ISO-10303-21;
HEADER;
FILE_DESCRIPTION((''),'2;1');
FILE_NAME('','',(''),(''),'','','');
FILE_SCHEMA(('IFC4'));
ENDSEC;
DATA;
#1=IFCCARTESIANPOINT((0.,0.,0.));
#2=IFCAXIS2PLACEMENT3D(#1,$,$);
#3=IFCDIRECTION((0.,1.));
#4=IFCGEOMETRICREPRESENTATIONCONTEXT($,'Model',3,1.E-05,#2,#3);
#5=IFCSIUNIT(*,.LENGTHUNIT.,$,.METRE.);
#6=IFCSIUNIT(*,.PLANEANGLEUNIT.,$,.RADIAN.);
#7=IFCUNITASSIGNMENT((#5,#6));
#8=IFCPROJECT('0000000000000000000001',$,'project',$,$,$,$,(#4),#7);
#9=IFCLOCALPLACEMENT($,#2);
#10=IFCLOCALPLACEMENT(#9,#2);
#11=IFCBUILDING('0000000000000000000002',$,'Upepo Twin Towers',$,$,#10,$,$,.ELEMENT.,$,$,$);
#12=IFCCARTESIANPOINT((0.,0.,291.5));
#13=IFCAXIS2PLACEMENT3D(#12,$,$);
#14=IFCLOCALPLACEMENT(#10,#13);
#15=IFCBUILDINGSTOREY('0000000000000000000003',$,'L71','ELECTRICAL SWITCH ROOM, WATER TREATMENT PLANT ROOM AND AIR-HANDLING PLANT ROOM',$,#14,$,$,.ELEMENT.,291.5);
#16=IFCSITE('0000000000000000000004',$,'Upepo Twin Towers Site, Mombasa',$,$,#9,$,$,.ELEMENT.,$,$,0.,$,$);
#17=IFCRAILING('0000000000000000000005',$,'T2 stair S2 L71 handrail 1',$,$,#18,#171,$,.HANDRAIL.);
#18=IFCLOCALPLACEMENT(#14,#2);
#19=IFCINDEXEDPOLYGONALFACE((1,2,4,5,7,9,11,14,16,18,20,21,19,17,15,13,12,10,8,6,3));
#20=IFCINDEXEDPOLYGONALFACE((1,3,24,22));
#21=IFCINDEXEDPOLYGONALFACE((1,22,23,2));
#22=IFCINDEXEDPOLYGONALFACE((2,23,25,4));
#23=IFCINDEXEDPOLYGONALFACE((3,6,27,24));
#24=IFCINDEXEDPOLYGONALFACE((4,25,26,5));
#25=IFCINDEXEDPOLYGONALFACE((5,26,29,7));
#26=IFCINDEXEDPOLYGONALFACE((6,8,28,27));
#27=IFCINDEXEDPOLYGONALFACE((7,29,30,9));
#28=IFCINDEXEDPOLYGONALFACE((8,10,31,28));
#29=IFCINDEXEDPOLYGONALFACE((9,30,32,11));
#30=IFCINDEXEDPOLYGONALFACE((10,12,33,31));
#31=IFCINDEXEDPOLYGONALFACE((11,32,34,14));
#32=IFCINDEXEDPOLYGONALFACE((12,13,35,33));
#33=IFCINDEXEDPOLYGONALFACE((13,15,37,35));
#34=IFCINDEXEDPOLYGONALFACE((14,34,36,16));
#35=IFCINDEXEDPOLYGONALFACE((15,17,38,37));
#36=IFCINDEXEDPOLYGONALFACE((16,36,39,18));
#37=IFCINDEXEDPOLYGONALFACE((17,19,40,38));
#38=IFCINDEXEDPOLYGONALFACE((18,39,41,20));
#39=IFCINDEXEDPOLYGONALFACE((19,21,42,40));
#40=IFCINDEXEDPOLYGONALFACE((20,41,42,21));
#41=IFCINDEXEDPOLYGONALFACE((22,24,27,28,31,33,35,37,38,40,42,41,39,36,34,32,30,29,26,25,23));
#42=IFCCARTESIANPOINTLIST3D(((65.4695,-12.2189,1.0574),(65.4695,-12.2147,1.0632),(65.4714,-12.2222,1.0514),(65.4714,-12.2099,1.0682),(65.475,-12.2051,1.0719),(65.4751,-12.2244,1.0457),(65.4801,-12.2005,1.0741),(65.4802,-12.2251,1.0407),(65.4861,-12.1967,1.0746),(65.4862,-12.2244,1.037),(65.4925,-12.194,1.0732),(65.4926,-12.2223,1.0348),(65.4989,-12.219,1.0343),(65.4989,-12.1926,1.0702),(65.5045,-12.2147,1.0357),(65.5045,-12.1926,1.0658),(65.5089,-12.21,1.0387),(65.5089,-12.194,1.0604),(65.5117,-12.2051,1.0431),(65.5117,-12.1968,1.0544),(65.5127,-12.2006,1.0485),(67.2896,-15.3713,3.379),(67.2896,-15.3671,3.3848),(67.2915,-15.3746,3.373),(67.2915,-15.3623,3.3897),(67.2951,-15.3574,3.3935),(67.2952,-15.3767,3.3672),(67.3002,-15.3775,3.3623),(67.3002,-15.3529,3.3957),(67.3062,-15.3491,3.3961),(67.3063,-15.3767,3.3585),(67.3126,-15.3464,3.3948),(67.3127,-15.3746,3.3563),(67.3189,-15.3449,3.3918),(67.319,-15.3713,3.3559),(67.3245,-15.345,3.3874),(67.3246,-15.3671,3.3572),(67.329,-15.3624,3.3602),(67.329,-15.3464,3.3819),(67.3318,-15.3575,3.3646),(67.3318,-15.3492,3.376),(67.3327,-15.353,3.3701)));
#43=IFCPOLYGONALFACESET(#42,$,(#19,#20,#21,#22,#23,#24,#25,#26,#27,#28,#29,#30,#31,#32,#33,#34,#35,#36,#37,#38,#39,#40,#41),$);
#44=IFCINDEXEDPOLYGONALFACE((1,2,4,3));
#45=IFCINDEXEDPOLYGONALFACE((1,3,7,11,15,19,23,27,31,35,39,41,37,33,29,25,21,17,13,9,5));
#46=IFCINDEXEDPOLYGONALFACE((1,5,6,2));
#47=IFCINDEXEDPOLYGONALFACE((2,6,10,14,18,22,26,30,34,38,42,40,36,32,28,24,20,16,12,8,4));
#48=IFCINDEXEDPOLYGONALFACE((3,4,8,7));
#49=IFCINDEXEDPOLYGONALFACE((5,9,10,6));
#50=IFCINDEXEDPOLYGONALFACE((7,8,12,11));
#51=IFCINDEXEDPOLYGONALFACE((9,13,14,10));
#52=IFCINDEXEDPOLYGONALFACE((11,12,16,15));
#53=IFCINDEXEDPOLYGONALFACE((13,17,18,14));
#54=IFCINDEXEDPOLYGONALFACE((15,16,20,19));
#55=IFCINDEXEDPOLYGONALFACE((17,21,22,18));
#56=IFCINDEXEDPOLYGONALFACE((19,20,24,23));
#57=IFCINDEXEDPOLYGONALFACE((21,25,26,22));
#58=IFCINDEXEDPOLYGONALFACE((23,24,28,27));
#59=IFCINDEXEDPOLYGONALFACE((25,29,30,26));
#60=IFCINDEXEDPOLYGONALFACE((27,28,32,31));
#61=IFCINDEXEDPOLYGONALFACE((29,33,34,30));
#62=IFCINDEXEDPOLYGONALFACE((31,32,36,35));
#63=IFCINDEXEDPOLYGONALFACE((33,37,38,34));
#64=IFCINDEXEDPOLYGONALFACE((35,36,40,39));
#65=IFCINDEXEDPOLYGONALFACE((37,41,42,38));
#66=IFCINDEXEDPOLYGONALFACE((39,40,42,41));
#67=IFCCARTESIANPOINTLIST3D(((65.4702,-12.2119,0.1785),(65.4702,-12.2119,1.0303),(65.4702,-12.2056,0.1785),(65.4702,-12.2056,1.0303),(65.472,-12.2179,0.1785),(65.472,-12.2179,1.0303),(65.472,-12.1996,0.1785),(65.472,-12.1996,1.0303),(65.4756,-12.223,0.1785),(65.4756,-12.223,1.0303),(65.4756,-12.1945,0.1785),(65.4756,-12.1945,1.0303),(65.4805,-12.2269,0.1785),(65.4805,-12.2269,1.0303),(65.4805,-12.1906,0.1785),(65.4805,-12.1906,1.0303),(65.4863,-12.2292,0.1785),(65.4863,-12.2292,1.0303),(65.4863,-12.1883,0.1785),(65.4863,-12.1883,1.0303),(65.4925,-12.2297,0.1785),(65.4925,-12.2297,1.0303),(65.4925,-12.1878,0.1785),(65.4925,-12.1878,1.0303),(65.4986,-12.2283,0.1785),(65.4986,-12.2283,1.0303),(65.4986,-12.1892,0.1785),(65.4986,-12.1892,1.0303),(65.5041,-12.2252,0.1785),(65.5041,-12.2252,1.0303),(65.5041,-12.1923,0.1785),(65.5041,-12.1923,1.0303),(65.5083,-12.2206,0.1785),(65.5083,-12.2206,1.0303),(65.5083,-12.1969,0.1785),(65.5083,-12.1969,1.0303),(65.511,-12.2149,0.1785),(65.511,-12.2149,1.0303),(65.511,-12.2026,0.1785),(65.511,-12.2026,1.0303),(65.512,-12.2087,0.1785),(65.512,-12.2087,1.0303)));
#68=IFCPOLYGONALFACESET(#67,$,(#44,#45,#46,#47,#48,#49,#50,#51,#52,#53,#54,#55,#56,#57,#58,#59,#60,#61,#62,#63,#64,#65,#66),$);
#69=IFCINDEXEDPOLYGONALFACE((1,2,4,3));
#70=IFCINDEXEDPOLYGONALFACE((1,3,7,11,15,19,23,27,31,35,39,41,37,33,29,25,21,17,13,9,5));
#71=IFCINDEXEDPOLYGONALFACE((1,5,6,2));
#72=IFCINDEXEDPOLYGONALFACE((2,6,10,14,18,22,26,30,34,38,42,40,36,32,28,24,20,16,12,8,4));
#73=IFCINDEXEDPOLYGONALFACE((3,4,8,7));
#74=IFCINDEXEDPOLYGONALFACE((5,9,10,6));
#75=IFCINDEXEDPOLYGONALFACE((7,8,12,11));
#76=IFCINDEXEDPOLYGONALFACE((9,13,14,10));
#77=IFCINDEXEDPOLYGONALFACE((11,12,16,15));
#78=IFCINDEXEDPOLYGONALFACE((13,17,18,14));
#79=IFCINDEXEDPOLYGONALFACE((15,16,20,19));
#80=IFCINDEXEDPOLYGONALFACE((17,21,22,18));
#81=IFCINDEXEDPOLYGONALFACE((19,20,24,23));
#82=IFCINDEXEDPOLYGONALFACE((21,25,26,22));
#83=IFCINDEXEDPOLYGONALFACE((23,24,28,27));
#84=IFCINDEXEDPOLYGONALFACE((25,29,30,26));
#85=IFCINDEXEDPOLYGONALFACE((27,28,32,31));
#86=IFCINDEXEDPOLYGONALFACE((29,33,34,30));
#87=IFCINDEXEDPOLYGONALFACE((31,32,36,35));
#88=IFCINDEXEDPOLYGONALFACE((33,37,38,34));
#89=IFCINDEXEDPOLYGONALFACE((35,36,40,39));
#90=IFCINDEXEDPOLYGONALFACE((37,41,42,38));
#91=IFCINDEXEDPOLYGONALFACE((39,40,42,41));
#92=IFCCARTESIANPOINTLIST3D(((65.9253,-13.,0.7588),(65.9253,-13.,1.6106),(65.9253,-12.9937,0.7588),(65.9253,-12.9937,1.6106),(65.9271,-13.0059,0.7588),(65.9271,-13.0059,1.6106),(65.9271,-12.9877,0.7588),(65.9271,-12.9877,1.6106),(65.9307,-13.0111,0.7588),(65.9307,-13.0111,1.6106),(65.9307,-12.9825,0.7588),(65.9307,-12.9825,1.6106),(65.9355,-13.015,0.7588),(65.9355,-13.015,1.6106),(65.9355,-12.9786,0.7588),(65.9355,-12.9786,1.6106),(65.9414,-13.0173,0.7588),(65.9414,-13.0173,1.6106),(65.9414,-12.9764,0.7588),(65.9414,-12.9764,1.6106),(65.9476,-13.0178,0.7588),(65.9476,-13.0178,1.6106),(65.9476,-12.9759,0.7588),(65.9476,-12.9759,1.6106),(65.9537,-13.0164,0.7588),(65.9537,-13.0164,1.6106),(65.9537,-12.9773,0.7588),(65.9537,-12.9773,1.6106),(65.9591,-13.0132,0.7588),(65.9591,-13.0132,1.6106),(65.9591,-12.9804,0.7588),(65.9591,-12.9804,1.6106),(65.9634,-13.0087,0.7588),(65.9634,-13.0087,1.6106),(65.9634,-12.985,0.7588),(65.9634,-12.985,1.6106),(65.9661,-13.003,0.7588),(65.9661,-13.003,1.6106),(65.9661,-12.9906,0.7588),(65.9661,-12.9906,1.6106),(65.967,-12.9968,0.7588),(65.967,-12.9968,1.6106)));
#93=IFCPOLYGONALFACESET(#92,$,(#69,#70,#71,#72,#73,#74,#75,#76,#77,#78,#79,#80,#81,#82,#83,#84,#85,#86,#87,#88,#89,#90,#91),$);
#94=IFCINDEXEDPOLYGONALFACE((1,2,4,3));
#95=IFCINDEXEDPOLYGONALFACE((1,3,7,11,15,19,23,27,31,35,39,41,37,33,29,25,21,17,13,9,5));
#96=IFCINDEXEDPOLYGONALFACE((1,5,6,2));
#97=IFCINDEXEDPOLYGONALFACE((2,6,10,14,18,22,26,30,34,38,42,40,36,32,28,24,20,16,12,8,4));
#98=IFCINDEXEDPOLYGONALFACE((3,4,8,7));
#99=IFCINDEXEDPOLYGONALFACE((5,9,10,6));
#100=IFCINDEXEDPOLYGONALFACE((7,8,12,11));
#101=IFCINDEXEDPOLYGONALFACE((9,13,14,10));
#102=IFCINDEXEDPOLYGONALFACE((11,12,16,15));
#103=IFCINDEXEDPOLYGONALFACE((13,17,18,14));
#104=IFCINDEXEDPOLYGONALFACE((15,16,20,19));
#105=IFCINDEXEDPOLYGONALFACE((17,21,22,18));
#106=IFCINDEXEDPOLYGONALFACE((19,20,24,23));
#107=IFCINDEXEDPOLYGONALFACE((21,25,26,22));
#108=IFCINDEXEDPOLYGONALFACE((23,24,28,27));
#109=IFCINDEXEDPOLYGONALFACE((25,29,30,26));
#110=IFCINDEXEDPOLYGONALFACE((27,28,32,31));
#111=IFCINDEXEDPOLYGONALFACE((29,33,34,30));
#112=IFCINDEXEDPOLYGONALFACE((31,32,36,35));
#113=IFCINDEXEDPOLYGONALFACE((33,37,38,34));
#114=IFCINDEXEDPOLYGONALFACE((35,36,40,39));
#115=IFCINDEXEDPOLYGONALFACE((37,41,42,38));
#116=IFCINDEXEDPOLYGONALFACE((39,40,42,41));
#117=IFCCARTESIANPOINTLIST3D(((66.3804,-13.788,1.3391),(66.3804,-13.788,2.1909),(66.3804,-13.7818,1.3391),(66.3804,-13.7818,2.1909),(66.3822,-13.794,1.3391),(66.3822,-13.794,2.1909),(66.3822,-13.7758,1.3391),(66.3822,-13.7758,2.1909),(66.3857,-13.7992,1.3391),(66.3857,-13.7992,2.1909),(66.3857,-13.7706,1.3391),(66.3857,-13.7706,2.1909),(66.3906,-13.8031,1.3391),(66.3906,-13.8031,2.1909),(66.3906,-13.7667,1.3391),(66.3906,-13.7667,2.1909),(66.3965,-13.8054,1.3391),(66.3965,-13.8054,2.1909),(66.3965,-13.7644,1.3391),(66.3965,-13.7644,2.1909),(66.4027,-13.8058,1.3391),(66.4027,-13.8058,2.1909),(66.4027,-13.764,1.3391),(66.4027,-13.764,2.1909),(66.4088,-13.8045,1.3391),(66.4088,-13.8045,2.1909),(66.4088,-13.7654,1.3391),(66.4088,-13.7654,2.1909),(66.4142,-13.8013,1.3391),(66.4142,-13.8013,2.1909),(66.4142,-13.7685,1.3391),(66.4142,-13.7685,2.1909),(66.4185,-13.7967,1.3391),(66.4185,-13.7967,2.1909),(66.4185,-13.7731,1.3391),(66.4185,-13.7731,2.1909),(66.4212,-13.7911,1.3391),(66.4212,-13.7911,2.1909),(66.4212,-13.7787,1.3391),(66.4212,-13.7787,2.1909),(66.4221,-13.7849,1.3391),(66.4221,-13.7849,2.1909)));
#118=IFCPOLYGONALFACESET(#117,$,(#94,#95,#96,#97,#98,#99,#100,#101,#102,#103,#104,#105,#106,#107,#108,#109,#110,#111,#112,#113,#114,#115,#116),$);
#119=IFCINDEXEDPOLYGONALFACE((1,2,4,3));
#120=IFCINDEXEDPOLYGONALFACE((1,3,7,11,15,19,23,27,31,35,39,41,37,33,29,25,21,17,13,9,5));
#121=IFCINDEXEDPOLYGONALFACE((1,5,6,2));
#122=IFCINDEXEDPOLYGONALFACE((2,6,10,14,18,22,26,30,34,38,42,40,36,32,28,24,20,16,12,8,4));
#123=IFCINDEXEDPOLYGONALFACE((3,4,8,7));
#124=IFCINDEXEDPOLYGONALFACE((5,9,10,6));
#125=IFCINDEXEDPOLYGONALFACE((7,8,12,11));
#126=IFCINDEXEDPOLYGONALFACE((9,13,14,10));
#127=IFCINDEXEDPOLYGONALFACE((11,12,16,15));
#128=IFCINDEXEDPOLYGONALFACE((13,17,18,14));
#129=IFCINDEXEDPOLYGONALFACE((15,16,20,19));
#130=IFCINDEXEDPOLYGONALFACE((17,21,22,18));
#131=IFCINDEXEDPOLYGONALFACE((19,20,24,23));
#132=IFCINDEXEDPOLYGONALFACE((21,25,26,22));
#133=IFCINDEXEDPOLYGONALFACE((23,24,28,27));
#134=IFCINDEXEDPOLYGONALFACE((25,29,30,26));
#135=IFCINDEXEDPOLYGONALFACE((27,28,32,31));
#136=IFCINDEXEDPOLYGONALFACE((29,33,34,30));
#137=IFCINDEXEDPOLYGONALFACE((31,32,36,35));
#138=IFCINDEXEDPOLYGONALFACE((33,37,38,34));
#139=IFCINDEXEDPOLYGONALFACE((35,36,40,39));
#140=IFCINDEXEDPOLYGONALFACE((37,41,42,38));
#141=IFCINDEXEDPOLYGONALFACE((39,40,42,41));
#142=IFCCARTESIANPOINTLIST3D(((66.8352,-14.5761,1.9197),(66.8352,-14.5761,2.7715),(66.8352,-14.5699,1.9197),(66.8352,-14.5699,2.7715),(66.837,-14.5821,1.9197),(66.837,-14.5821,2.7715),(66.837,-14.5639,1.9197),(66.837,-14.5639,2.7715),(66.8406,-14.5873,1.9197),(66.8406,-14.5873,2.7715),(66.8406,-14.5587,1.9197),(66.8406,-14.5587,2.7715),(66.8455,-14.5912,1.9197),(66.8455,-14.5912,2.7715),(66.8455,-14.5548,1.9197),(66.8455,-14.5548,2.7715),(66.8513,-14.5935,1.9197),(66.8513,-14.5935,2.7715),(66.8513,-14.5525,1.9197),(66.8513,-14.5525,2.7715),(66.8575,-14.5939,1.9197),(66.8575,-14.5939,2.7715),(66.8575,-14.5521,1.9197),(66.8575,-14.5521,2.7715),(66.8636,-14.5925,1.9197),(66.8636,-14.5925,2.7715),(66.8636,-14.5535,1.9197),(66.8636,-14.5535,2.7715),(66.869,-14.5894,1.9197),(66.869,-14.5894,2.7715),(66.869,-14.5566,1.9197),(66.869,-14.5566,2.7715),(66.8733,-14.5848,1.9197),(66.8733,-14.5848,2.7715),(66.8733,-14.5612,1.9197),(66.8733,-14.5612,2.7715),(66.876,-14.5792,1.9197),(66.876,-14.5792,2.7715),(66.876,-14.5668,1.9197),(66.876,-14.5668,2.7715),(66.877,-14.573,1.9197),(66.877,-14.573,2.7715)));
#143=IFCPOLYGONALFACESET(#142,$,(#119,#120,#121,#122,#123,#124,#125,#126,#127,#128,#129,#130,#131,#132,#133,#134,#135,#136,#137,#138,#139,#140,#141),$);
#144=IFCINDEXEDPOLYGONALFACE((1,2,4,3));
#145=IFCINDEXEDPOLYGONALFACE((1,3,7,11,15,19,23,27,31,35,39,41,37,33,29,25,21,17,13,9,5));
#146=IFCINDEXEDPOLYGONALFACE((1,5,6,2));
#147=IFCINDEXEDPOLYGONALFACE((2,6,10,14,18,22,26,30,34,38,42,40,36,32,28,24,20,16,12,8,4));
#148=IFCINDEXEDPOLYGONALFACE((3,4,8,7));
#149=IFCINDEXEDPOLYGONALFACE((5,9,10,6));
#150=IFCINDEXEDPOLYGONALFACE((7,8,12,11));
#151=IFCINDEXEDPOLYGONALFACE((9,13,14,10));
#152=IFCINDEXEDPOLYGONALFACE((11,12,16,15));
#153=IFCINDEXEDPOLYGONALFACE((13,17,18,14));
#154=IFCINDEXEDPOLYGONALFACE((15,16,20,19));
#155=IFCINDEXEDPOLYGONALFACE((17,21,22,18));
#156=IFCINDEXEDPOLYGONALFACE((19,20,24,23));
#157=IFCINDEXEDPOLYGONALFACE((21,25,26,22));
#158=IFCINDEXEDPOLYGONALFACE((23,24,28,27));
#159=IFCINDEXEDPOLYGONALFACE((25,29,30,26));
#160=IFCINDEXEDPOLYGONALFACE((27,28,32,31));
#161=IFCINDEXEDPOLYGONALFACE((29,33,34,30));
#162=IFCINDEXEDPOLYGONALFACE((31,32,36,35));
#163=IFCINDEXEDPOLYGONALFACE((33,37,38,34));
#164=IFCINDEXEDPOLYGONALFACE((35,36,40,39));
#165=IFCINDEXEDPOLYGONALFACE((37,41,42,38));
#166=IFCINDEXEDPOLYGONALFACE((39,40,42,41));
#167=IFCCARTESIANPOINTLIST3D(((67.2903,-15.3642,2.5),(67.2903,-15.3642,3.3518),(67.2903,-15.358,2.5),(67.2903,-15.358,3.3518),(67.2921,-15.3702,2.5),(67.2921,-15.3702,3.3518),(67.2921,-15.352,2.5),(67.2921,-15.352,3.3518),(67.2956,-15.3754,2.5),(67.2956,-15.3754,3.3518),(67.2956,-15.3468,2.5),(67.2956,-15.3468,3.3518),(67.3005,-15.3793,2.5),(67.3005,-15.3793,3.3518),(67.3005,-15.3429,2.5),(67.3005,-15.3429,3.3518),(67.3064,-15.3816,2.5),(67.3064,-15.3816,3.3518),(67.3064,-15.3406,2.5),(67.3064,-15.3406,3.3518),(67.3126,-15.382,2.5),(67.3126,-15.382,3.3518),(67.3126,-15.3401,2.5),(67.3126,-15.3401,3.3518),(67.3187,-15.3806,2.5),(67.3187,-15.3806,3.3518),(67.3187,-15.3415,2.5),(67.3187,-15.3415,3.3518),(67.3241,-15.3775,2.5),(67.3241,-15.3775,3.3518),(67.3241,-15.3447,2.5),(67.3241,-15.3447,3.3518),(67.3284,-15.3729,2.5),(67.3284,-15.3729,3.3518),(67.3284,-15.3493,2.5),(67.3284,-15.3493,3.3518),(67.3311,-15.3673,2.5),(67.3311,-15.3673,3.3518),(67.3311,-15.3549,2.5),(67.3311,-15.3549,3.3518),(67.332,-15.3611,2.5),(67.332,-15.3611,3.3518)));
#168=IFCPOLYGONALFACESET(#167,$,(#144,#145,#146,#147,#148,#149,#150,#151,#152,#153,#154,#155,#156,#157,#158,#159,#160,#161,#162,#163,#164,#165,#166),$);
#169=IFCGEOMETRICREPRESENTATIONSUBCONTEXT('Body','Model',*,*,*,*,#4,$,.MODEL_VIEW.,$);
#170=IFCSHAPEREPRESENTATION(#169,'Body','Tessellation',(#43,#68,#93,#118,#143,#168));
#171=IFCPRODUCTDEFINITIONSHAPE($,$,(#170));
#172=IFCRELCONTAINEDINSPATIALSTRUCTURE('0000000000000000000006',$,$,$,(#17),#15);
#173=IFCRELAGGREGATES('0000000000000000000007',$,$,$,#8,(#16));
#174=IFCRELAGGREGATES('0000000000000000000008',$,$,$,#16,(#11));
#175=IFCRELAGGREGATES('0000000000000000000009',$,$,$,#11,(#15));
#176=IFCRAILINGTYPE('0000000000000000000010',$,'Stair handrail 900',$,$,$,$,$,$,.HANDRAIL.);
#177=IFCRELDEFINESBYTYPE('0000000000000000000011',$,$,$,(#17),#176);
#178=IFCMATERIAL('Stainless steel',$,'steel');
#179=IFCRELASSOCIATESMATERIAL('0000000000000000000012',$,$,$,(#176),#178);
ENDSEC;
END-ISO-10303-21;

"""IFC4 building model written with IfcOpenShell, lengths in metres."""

from ifc_helpers import new_model, si_unit, direction, frame, origin, origin_2d, place, context, subcontext, project, spatial, circle, extrude, material, type_object, element, save


model = new_model("IFC4")

# Units and contexts
model_context = context("Model", 3, precision=1e-05, world=origin(), true_north=direction((0.0, 1.0)))
body_context = subcontext(model_context, "Body", "Model", "MODEL_VIEW")
ifc_project = project(units=[si_unit("LENGTHUNIT", "METRE"), si_unit("PLANEANGLEUNIT", "RADIAN")], contexts=[model_context])

# Site, building, storey
site_placement = place(None, origin())
site = spatial("IfcSite", under=ifc_project, at=site_placement, Name="Upepo Twin Towers Site, Mombasa", CompositionType="ELEMENT", RefElevation=0.0)
building_placement = place(site_placement, origin())
building = spatial("IfcBuilding", under=site, at=building_placement, Name="Upepo Twin Towers", CompositionType="ELEMENT")
storey_placement = place(building_placement, frame((0.0, 0.0, 291.5)))
storey = spatial("IfcBuildingStorey", under=building, at=storey_placement, Name="L71", Description="ELECTRICAL SWITCH ROOM, WATER TREATMENT PLANT ROOM AND AIR-HANDLING PLANT ROOM", CompositionType="ELEMENT", Elevation=291.5)

# Railing
ifc_material_1 = material(Name="Stainless steel", Category="steel")
railing_type = type_object("IfcRailingType", Name="Stair handrail 900", PredefinedType="HANDRAIL", material=ifc_material_1)
railing_1_placement = place(storey_placement, frame((65.491, -12.2087, 0.1785)))
element("IfcRailing", 1, at=railing_1_placement, inside=storey, type_object=railing_type, Name="T2 stair S2 L71 handrail 1", PredefinedType="HANDRAIL", context=body_context, shape_type="SweptSolid", body=[
    extrude(circle(Radius=0.0239, at=origin_2d()), frame((0.0, 0.0, 0.876), z_axis=(0.421572, -0.730159, 0.537723), x_axis=(0.866018, 0.500013, 0.0)), (0.0, 0.0, 1.0), 4.3174),
    extrude(circle(Radius=0.021, at=origin_2d()), origin(), (0.0, 0.0, 1.0), 0.8518),
    extrude(circle(Radius=0.021, at=origin_2d()), frame((0.4551, -0.7881, 0.5803)), (0.0, 0.0, 1.0), 0.8518),
    extrude(circle(Radius=0.021, at=origin_2d()), frame((0.9102, -1.5762, 1.1606)), (0.0, 0.0, 1.0), 0.8518),
    extrude(circle(Radius=0.021, at=origin_2d()), frame((1.365, -2.3643, 1.7412)), (0.0, 0.0, 1.0), 0.8518),
    extrude(circle(Radius=0.021, at=origin_2d()), frame((1.8201, -3.1523, 2.3215)), (0.0, 0.0, 1.0), 0.8518),
])

save(model, "model.ifc")
